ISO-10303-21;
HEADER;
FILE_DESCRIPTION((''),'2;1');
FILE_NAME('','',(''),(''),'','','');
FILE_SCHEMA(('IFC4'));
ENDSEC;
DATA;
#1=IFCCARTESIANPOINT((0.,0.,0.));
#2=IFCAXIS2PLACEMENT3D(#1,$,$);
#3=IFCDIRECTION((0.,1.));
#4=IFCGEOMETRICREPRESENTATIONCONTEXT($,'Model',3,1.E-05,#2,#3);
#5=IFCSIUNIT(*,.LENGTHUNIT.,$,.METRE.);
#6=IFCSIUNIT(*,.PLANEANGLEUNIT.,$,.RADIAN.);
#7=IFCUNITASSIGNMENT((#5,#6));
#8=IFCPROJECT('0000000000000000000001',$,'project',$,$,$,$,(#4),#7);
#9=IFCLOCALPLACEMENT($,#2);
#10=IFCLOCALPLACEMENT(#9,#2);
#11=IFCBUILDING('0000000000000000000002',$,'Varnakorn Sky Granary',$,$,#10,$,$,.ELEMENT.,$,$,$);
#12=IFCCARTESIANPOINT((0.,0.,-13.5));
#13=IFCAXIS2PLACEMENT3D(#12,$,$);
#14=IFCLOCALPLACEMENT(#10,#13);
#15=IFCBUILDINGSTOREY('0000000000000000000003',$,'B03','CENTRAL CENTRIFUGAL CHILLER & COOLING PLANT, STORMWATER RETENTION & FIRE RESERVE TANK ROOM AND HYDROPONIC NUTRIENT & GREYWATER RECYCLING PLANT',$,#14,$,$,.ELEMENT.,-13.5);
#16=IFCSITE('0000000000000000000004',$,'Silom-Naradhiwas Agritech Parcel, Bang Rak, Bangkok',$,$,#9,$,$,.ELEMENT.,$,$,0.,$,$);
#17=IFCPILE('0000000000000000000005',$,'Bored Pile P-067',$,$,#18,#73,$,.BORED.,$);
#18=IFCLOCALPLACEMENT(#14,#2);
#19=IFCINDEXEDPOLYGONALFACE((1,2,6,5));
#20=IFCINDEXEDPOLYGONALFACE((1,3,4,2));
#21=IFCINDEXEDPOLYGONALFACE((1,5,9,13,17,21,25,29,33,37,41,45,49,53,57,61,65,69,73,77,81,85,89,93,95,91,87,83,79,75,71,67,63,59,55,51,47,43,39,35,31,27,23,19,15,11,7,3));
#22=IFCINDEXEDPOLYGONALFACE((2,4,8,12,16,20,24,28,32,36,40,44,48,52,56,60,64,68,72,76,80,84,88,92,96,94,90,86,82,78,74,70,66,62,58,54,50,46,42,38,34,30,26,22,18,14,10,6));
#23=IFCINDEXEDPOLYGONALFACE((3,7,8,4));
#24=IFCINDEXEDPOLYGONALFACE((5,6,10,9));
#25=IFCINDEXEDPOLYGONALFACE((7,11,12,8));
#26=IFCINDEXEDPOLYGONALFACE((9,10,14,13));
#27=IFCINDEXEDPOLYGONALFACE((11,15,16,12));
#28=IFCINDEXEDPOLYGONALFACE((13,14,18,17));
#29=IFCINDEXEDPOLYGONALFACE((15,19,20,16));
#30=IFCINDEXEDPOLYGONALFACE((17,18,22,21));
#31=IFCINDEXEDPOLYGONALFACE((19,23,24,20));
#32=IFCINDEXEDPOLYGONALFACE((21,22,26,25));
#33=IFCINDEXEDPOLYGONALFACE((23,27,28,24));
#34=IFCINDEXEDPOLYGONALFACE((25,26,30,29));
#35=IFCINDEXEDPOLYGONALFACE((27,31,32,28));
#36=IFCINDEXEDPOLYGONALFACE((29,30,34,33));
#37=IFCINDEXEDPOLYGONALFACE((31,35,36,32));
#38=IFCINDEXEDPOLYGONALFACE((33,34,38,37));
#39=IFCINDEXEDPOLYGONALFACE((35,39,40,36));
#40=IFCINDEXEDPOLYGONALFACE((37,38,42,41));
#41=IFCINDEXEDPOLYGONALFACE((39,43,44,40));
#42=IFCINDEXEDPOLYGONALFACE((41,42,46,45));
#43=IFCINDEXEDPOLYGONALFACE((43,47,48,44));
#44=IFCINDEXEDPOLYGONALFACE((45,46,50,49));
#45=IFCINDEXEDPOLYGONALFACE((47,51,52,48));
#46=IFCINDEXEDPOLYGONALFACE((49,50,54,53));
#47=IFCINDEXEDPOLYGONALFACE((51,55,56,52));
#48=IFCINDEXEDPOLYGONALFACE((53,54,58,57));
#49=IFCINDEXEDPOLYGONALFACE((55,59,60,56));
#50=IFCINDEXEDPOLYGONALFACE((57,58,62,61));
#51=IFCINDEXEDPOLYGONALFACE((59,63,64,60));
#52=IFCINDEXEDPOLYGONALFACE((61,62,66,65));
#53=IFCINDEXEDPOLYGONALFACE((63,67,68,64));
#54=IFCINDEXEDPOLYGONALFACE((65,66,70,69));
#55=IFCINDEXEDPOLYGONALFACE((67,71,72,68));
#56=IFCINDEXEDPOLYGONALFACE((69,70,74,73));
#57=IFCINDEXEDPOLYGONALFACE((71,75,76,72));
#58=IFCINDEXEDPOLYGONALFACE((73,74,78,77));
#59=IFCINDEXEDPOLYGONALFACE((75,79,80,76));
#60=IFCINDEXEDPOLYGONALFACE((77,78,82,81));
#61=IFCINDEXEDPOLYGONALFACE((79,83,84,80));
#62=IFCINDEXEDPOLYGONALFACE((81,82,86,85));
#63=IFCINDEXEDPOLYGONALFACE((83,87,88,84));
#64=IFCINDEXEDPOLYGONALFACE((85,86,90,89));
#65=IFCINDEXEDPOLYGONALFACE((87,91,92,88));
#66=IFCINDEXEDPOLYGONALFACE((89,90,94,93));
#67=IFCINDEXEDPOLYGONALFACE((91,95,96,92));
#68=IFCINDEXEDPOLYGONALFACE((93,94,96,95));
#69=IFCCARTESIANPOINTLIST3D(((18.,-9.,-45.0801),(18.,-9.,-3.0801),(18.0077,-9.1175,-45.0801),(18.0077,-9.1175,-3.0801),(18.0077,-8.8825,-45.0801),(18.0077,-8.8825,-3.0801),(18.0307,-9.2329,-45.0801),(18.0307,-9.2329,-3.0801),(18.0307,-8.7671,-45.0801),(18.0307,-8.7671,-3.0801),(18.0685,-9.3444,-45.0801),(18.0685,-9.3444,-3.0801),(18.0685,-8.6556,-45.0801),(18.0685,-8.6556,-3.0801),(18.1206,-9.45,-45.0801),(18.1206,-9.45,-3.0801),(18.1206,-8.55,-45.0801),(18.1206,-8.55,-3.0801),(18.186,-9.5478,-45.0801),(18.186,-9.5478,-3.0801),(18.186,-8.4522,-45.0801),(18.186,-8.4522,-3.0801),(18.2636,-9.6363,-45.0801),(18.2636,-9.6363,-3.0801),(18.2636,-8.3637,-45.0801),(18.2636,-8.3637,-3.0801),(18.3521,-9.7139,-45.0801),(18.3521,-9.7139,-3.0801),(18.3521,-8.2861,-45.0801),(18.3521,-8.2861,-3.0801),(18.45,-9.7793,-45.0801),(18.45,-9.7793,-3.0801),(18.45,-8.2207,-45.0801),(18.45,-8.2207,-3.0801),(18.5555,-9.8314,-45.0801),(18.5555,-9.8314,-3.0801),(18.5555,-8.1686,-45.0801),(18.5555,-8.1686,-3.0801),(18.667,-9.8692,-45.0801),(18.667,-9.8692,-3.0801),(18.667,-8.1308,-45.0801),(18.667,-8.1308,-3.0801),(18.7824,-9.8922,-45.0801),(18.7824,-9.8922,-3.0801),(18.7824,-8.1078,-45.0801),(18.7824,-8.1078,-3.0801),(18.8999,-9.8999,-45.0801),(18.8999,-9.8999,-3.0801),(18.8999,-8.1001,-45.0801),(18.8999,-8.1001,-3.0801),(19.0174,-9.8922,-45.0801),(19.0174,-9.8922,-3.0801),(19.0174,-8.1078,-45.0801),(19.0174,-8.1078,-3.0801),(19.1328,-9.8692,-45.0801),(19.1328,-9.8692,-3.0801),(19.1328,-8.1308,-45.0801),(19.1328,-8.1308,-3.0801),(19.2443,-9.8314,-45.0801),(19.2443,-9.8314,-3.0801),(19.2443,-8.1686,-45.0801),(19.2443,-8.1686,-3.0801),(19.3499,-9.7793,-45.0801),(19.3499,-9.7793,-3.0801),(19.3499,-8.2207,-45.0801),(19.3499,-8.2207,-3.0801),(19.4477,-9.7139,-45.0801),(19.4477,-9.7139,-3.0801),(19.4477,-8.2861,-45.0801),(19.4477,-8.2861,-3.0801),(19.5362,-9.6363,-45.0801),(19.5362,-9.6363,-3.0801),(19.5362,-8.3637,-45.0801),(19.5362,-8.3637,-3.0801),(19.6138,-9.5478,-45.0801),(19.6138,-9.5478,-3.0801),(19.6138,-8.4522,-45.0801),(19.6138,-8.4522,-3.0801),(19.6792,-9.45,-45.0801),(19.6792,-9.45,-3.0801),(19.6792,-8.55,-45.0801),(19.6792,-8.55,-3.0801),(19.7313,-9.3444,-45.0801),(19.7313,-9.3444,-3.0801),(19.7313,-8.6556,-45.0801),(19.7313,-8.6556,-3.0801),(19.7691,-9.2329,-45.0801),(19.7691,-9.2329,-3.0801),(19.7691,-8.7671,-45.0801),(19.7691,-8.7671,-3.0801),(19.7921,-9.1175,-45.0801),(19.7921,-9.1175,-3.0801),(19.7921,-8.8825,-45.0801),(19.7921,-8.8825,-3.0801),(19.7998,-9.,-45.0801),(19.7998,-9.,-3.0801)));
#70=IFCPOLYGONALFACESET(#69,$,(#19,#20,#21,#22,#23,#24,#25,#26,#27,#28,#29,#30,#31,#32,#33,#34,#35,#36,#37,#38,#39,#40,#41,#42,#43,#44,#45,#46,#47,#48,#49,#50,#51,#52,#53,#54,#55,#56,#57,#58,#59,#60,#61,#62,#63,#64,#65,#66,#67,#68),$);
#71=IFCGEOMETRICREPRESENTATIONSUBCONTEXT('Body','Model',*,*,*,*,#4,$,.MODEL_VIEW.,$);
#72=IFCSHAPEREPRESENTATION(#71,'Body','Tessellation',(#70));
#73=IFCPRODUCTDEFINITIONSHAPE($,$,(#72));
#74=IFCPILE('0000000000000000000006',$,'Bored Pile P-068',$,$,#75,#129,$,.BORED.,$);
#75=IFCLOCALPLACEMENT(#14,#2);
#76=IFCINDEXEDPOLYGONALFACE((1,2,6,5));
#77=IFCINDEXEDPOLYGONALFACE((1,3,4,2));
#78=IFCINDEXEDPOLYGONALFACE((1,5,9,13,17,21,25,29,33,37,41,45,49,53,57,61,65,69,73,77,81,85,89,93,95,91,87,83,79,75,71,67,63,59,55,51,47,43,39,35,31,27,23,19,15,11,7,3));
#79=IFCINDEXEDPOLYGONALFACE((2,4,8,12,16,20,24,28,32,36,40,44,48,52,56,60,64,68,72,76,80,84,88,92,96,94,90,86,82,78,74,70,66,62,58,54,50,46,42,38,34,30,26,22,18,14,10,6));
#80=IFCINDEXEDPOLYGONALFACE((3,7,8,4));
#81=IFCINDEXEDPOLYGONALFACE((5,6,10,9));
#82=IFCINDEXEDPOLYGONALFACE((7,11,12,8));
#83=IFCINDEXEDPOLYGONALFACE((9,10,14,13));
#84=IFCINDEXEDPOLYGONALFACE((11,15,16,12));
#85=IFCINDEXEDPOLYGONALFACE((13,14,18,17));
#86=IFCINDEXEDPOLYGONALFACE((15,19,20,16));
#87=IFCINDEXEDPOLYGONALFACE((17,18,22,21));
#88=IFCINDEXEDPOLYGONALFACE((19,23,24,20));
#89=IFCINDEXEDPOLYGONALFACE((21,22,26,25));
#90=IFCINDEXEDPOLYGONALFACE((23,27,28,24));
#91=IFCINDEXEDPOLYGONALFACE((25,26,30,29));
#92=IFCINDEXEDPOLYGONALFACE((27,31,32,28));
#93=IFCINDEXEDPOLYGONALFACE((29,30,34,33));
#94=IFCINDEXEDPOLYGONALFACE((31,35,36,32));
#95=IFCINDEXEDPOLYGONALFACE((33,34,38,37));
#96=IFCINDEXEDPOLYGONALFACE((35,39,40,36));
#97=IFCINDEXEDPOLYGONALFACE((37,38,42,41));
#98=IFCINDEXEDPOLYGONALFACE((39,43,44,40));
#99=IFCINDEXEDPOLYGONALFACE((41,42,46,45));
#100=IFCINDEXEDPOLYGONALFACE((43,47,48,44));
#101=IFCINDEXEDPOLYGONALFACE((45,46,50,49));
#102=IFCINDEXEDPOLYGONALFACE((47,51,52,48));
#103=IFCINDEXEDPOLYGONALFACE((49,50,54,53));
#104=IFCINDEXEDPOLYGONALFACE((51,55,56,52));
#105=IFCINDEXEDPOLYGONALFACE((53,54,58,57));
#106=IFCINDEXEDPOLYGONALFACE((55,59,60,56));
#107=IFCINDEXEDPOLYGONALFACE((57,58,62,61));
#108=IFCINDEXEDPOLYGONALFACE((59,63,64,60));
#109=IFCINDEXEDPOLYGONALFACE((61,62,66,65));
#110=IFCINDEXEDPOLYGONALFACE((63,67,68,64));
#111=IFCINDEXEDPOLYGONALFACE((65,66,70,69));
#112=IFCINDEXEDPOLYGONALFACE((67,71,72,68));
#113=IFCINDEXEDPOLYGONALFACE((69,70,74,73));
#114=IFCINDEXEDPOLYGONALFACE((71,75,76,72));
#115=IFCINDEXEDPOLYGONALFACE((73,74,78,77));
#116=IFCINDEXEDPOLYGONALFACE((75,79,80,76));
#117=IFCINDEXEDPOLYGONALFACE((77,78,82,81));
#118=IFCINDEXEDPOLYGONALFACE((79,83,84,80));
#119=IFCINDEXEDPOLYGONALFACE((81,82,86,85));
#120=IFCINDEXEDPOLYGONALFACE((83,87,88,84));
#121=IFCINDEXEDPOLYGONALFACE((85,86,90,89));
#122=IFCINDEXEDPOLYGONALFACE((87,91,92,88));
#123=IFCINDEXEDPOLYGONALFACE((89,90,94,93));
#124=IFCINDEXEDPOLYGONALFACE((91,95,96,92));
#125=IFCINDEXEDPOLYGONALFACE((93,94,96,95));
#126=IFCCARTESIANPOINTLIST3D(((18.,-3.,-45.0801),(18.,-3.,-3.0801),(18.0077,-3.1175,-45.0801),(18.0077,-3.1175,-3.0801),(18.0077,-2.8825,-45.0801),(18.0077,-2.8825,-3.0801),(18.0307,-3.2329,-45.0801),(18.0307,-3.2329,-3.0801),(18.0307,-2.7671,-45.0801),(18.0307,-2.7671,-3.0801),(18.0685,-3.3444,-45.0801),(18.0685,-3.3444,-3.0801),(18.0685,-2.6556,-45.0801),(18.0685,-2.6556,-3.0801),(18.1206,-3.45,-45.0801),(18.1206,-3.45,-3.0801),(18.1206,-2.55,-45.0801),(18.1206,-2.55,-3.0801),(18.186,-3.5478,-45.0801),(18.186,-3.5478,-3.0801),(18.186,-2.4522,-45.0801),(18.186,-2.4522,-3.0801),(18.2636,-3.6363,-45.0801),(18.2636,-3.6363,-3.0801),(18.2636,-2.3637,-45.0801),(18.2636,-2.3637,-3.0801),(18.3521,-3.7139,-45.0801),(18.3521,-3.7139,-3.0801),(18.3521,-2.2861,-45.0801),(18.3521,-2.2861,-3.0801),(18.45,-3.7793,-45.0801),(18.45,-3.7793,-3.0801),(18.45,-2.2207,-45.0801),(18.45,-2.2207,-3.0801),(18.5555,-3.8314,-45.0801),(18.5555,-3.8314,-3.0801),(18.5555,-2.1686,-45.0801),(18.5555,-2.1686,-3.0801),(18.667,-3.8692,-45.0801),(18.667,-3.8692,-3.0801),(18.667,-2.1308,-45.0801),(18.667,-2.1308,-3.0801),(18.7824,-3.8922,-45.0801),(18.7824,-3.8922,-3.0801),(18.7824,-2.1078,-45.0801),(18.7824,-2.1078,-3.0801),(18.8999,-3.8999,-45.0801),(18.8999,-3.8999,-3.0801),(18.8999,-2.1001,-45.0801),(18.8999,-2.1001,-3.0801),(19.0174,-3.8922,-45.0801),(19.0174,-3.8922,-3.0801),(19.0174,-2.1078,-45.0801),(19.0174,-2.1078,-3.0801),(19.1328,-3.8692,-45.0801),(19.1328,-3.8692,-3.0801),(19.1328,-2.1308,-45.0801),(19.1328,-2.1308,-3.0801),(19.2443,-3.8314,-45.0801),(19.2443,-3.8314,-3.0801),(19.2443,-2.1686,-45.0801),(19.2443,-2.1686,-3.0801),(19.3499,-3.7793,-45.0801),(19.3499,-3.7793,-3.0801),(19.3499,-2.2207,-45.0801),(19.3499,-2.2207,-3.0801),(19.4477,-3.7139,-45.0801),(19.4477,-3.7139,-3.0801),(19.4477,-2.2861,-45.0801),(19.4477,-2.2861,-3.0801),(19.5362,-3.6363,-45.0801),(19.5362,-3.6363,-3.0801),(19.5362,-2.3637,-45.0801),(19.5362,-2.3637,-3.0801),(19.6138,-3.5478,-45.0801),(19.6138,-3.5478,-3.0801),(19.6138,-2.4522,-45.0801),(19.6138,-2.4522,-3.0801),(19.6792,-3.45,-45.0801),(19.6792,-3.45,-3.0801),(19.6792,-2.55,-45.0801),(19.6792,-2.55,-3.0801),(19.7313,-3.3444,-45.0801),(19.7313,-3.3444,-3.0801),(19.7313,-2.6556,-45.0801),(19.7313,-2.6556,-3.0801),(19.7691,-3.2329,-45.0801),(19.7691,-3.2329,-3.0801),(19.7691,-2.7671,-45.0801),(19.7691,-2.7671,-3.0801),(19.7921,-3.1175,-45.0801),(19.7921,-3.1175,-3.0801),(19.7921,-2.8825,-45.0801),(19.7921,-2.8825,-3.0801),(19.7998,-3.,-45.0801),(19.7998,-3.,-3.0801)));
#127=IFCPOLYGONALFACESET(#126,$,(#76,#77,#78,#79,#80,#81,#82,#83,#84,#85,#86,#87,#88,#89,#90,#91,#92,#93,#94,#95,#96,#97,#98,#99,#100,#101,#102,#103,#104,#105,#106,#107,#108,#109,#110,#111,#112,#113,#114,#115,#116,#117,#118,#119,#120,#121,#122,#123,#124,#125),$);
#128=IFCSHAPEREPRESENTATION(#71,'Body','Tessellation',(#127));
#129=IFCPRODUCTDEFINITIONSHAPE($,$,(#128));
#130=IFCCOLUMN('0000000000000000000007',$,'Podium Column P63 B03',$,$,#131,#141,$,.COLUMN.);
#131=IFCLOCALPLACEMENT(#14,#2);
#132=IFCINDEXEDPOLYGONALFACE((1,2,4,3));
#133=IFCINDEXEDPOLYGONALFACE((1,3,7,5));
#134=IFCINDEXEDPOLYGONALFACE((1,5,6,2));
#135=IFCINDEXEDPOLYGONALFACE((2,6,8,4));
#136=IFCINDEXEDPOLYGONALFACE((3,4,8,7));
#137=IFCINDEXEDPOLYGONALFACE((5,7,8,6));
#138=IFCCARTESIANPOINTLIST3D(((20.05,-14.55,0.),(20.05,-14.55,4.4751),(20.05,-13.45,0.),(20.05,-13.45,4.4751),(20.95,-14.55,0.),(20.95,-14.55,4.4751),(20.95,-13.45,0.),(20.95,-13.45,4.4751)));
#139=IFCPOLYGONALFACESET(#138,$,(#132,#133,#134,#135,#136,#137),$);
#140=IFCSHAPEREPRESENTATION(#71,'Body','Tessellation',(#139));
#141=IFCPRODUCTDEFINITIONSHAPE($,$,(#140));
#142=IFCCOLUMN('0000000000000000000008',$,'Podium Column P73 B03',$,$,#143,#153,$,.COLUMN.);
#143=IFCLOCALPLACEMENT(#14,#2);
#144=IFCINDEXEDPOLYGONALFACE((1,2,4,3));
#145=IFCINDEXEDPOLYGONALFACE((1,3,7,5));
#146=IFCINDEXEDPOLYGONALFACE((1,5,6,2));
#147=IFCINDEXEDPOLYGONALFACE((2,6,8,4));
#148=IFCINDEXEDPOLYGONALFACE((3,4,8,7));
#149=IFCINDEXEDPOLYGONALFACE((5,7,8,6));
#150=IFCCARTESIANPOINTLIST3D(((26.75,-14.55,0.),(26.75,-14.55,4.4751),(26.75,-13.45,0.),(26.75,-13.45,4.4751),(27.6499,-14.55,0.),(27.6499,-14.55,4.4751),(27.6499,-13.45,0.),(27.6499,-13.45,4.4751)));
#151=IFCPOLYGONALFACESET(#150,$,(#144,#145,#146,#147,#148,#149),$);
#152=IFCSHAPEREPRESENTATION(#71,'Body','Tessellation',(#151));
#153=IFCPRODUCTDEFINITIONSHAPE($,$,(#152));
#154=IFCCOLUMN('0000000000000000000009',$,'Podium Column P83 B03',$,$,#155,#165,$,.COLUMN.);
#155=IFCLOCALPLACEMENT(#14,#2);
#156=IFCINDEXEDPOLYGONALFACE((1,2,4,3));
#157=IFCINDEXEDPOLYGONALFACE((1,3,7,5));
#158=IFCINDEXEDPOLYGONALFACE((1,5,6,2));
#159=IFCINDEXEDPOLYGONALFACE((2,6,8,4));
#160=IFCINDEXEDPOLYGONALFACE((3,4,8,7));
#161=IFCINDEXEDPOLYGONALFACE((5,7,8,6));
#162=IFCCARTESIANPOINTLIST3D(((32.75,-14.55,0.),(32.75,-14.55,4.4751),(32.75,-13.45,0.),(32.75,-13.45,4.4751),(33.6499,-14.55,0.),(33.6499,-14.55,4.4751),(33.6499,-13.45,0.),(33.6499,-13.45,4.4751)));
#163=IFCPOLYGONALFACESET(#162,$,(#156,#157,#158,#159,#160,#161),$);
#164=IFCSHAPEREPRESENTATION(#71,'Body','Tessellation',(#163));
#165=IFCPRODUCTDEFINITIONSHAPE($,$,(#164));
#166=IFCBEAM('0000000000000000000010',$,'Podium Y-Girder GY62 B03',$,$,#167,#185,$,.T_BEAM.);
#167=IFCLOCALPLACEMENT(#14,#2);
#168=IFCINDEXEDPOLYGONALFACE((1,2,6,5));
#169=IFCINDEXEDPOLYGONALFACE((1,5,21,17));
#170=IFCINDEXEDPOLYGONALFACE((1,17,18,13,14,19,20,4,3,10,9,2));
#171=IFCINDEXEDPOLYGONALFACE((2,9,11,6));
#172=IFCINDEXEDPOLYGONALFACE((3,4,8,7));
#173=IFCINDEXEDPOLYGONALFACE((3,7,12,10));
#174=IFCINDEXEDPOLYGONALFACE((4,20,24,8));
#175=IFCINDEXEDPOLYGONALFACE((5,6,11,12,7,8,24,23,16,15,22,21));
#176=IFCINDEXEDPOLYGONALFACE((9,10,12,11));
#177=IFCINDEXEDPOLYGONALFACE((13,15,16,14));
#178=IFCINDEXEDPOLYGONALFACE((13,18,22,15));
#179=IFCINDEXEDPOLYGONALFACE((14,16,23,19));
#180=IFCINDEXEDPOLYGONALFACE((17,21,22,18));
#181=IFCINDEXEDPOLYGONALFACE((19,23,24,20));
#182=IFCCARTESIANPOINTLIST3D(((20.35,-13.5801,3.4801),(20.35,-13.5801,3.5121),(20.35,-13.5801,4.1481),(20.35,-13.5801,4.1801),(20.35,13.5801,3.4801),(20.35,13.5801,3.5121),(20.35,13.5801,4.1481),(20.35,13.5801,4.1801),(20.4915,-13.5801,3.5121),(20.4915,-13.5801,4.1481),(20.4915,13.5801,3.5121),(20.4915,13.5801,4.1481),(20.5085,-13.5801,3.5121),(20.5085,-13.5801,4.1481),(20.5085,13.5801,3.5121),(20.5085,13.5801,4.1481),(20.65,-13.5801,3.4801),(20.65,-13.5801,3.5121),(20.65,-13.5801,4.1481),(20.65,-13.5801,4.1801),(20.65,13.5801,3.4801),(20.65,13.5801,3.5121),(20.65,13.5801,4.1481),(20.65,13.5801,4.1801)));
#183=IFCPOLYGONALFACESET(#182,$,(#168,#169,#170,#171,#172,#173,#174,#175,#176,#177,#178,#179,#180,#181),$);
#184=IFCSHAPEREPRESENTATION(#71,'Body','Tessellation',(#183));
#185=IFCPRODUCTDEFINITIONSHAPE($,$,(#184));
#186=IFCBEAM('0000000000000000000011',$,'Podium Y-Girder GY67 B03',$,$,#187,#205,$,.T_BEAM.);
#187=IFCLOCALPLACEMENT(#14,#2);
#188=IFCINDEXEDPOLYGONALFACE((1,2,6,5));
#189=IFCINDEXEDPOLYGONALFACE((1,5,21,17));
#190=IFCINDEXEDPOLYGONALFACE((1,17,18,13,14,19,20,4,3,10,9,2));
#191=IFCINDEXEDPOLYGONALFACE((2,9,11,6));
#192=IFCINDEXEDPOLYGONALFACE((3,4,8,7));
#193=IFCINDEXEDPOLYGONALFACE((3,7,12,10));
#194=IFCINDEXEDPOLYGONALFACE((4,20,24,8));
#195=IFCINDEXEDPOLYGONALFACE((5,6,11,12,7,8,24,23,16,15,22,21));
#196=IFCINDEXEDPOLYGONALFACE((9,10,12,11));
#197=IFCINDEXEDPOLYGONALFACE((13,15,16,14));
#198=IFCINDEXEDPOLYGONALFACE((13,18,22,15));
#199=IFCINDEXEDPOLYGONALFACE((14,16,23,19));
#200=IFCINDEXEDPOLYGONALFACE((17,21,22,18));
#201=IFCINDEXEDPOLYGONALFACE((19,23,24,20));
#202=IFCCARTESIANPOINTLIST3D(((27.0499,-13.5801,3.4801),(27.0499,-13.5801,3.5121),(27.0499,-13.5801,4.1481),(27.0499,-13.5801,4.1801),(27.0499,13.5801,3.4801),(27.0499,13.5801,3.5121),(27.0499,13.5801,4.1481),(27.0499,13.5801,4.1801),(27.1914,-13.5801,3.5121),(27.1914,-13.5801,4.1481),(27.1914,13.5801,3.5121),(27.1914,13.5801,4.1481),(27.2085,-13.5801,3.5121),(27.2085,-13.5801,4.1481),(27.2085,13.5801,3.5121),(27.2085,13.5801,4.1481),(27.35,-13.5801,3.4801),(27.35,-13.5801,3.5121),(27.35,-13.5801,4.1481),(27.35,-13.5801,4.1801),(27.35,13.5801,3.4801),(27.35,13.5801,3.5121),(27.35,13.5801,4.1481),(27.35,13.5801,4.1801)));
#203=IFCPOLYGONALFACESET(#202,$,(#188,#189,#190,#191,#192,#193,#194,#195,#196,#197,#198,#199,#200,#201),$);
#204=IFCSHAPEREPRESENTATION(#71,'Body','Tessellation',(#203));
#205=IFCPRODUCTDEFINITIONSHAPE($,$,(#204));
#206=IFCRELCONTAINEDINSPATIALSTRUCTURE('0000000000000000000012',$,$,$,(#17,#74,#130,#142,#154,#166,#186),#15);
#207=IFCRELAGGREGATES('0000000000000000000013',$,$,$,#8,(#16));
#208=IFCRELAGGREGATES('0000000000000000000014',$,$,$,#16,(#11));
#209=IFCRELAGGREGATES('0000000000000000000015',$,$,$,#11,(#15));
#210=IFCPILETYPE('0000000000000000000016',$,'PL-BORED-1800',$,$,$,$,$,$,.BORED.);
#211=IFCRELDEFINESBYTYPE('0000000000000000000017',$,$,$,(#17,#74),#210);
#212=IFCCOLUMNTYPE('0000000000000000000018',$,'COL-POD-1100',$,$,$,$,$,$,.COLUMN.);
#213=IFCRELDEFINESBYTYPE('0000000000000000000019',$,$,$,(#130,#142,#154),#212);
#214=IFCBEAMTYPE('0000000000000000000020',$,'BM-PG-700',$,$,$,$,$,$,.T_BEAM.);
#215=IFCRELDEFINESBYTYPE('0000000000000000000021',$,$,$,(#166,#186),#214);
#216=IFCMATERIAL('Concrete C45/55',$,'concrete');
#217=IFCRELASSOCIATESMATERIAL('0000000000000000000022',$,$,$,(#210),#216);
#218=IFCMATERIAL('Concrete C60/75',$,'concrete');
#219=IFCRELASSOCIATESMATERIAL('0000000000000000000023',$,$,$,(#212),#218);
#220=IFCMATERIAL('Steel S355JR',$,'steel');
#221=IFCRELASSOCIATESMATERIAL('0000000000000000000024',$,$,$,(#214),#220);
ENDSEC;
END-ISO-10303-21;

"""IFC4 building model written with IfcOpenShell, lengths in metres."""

from ifc_helpers import new_model, si_unit, direction, frame, origin, origin_2d, place, context, subcontext, project, spatial, rectangle, circle, i_section, extrude, material, material_profile, profile_set, type_object, element, save


model = new_model("IFC4")

# Units and contexts
model_context = context("Model", 3, precision=1e-05, world=origin(), true_north=direction((0.0, 1.0)))
body_context = subcontext(model_context, "Body", "Model", "MODEL_VIEW")
ifc_project = project(units=[si_unit("LENGTHUNIT", "METRE"), si_unit("PLANEANGLEUNIT", "RADIAN")], contexts=[model_context])

# Site, building, storey
site_placement = place(None, origin())
site = spatial("IfcSite", under=ifc_project, at=site_placement, Name="Silom-Naradhiwas Agritech Parcel, Bang Rak, Bangkok", CompositionType="ELEMENT", RefElevation=0.0)
building_placement = place(site_placement, origin())
building = spatial("IfcBuilding", under=site, at=building_placement, Name="Varnakorn Sky Granary", CompositionType="ELEMENT")
storey_placement = place(building_placement, frame((0.0, 0.0, -13.5)))
storey = spatial("IfcBuildingStorey", under=building, at=storey_placement, Name="B03", Description="CENTRAL CENTRIFUGAL CHILLER & COOLING PLANT, STORMWATER RETENTION & FIRE RESERVE TANK ROOM AND HYDROPONIC NUTRIENT & GREYWATER RECYCLING PLANT", CompositionType="ELEMENT", Elevation=-13.5)

# Piles
ifc_material_1 = material(Name="Concrete C45/55", Category="concrete")
ifc_material_profile_1 = material_profile(ifc_material_1, circle(Radius=0.8999, at=origin_2d()), Name="PILE D1800")
ifc_profile_set_1 = profile_set([ifc_material_profile_1], Name="Concrete C45/55")
pile_type_1 = type_object("IfcPileType", Name="PL-BORED-1800", PredefinedType="BORED", material=ifc_profile_set_1)
for number, where, z_axis, x_axis, name in (
    (1, (18.8999, -9.0, -3.0801), (0.0, 0.0, -1.0), (1.0, 0.0, 0.0), "Bored Pile P-067"),
    (2, (18.8999, -3.0, -3.0801), (0.0, 0.0, -1.0), (1.0, 0.0, 0.0), "Bored Pile P-068"),
):
    element("IfcPile", number, at=place(storey_placement, frame(where, z_axis=z_axis, x_axis=x_axis)), inside=storey, type_object=pile_type_1, Name=name, PredefinedType="BORED", context=body_context, shape_type="SweptSolid", body=[
        extrude(circle(Radius=0.8999, at=origin_2d()), origin(), (0.0, 0.0, 1.0), 42.0),
    ])

# Columns
ifc_material_2 = material(Name="Concrete C60/75", Category="concrete")
ifc_material_profile_2 = material_profile(ifc_material_2, rectangle(XDim=0.8999, YDim=1.1001, at=origin_2d()), Name="RC 900x1100")
ifc_profile_set_2 = profile_set([ifc_material_profile_2], Name="Concrete C60/75")
column_type = type_object("IfcColumnType", Name="COL-POD-1100", PredefinedType="COLUMN", material=ifc_profile_set_2)
for number, where, z_axis, x_axis, name in (
    (3, (20.5, -14.0, 0.0), (0.0, 0.0, 1.0), (1.0, 0.0, 0.0), "Podium Column P63 B03"),
    (4, (27.2, -14.0, 0.0), (0.0, 0.0, 1.0), (1.0, 0.0, 0.0), "Podium Column P73 B03"),
    (5, (33.2, -14.0, 0.0), (0.0, 0.0, 1.0), (1.0, 0.0, 0.0), "Podium Column P83 B03"),
):
    element("IfcColumn", number, at=place(storey_placement, frame(where, z_axis=z_axis, x_axis=x_axis)), inside=storey, type_object=column_type, Name=name, PredefinedType="COLUMN", context=body_context, shape_type="SweptSolid", body=[
        extrude(rectangle(XDim=0.8999, YDim=1.1001, at=origin_2d()), origin(), (0.0, 0.0, 1.0), 4.4751),
    ])

# Beams
ifc_material_3 = material(Name="Steel S355JR", Category="steel")
ifc_material_profile_3 = material_profile(ifc_material_3, i_section(OverallWidth=0.3, OverallDepth=0.7, WebThickness=0.0171, FlangeThickness=0.032, at=origin_2d()), Name="HE 700 B")
ifc_profile_set_3 = profile_set([ifc_material_profile_3], Name="Steel S355JR")
beam_type_1 = type_object("IfcBeamType", Name="BM-PG-700", PredefinedType="T_BEAM", material=ifc_profile_set_3)
for number, where, z_axis, x_axis, name in (
    (6, (20.5, -13.5801, 3.8301), (0.0, 1.0, 0.0), (-1.0, 0.0, 0.0), "Podium Y-Girder GY62 B03"),
    (7, (27.2, -13.5801, 3.8301), (0.0, 1.0, 0.0), (-1.0, 0.0, 0.0), "Podium Y-Girder GY67 B03"),
):
    element("IfcBeam", number, at=place(storey_placement, frame(where, z_axis=z_axis, x_axis=x_axis)), inside=storey, type_object=beam_type_1, Name=name, PredefinedType="T_BEAM", context=body_context, shape_type="SweptSolid", body=[
        extrude(i_section(OverallWidth=0.3, OverallDepth=0.7, WebThickness=0.0171, FlangeThickness=0.032, at=origin_2d()), origin(), (0.0, 0.0, 1.0), 27.1602),
    ])

save(model, "model.ifc")
